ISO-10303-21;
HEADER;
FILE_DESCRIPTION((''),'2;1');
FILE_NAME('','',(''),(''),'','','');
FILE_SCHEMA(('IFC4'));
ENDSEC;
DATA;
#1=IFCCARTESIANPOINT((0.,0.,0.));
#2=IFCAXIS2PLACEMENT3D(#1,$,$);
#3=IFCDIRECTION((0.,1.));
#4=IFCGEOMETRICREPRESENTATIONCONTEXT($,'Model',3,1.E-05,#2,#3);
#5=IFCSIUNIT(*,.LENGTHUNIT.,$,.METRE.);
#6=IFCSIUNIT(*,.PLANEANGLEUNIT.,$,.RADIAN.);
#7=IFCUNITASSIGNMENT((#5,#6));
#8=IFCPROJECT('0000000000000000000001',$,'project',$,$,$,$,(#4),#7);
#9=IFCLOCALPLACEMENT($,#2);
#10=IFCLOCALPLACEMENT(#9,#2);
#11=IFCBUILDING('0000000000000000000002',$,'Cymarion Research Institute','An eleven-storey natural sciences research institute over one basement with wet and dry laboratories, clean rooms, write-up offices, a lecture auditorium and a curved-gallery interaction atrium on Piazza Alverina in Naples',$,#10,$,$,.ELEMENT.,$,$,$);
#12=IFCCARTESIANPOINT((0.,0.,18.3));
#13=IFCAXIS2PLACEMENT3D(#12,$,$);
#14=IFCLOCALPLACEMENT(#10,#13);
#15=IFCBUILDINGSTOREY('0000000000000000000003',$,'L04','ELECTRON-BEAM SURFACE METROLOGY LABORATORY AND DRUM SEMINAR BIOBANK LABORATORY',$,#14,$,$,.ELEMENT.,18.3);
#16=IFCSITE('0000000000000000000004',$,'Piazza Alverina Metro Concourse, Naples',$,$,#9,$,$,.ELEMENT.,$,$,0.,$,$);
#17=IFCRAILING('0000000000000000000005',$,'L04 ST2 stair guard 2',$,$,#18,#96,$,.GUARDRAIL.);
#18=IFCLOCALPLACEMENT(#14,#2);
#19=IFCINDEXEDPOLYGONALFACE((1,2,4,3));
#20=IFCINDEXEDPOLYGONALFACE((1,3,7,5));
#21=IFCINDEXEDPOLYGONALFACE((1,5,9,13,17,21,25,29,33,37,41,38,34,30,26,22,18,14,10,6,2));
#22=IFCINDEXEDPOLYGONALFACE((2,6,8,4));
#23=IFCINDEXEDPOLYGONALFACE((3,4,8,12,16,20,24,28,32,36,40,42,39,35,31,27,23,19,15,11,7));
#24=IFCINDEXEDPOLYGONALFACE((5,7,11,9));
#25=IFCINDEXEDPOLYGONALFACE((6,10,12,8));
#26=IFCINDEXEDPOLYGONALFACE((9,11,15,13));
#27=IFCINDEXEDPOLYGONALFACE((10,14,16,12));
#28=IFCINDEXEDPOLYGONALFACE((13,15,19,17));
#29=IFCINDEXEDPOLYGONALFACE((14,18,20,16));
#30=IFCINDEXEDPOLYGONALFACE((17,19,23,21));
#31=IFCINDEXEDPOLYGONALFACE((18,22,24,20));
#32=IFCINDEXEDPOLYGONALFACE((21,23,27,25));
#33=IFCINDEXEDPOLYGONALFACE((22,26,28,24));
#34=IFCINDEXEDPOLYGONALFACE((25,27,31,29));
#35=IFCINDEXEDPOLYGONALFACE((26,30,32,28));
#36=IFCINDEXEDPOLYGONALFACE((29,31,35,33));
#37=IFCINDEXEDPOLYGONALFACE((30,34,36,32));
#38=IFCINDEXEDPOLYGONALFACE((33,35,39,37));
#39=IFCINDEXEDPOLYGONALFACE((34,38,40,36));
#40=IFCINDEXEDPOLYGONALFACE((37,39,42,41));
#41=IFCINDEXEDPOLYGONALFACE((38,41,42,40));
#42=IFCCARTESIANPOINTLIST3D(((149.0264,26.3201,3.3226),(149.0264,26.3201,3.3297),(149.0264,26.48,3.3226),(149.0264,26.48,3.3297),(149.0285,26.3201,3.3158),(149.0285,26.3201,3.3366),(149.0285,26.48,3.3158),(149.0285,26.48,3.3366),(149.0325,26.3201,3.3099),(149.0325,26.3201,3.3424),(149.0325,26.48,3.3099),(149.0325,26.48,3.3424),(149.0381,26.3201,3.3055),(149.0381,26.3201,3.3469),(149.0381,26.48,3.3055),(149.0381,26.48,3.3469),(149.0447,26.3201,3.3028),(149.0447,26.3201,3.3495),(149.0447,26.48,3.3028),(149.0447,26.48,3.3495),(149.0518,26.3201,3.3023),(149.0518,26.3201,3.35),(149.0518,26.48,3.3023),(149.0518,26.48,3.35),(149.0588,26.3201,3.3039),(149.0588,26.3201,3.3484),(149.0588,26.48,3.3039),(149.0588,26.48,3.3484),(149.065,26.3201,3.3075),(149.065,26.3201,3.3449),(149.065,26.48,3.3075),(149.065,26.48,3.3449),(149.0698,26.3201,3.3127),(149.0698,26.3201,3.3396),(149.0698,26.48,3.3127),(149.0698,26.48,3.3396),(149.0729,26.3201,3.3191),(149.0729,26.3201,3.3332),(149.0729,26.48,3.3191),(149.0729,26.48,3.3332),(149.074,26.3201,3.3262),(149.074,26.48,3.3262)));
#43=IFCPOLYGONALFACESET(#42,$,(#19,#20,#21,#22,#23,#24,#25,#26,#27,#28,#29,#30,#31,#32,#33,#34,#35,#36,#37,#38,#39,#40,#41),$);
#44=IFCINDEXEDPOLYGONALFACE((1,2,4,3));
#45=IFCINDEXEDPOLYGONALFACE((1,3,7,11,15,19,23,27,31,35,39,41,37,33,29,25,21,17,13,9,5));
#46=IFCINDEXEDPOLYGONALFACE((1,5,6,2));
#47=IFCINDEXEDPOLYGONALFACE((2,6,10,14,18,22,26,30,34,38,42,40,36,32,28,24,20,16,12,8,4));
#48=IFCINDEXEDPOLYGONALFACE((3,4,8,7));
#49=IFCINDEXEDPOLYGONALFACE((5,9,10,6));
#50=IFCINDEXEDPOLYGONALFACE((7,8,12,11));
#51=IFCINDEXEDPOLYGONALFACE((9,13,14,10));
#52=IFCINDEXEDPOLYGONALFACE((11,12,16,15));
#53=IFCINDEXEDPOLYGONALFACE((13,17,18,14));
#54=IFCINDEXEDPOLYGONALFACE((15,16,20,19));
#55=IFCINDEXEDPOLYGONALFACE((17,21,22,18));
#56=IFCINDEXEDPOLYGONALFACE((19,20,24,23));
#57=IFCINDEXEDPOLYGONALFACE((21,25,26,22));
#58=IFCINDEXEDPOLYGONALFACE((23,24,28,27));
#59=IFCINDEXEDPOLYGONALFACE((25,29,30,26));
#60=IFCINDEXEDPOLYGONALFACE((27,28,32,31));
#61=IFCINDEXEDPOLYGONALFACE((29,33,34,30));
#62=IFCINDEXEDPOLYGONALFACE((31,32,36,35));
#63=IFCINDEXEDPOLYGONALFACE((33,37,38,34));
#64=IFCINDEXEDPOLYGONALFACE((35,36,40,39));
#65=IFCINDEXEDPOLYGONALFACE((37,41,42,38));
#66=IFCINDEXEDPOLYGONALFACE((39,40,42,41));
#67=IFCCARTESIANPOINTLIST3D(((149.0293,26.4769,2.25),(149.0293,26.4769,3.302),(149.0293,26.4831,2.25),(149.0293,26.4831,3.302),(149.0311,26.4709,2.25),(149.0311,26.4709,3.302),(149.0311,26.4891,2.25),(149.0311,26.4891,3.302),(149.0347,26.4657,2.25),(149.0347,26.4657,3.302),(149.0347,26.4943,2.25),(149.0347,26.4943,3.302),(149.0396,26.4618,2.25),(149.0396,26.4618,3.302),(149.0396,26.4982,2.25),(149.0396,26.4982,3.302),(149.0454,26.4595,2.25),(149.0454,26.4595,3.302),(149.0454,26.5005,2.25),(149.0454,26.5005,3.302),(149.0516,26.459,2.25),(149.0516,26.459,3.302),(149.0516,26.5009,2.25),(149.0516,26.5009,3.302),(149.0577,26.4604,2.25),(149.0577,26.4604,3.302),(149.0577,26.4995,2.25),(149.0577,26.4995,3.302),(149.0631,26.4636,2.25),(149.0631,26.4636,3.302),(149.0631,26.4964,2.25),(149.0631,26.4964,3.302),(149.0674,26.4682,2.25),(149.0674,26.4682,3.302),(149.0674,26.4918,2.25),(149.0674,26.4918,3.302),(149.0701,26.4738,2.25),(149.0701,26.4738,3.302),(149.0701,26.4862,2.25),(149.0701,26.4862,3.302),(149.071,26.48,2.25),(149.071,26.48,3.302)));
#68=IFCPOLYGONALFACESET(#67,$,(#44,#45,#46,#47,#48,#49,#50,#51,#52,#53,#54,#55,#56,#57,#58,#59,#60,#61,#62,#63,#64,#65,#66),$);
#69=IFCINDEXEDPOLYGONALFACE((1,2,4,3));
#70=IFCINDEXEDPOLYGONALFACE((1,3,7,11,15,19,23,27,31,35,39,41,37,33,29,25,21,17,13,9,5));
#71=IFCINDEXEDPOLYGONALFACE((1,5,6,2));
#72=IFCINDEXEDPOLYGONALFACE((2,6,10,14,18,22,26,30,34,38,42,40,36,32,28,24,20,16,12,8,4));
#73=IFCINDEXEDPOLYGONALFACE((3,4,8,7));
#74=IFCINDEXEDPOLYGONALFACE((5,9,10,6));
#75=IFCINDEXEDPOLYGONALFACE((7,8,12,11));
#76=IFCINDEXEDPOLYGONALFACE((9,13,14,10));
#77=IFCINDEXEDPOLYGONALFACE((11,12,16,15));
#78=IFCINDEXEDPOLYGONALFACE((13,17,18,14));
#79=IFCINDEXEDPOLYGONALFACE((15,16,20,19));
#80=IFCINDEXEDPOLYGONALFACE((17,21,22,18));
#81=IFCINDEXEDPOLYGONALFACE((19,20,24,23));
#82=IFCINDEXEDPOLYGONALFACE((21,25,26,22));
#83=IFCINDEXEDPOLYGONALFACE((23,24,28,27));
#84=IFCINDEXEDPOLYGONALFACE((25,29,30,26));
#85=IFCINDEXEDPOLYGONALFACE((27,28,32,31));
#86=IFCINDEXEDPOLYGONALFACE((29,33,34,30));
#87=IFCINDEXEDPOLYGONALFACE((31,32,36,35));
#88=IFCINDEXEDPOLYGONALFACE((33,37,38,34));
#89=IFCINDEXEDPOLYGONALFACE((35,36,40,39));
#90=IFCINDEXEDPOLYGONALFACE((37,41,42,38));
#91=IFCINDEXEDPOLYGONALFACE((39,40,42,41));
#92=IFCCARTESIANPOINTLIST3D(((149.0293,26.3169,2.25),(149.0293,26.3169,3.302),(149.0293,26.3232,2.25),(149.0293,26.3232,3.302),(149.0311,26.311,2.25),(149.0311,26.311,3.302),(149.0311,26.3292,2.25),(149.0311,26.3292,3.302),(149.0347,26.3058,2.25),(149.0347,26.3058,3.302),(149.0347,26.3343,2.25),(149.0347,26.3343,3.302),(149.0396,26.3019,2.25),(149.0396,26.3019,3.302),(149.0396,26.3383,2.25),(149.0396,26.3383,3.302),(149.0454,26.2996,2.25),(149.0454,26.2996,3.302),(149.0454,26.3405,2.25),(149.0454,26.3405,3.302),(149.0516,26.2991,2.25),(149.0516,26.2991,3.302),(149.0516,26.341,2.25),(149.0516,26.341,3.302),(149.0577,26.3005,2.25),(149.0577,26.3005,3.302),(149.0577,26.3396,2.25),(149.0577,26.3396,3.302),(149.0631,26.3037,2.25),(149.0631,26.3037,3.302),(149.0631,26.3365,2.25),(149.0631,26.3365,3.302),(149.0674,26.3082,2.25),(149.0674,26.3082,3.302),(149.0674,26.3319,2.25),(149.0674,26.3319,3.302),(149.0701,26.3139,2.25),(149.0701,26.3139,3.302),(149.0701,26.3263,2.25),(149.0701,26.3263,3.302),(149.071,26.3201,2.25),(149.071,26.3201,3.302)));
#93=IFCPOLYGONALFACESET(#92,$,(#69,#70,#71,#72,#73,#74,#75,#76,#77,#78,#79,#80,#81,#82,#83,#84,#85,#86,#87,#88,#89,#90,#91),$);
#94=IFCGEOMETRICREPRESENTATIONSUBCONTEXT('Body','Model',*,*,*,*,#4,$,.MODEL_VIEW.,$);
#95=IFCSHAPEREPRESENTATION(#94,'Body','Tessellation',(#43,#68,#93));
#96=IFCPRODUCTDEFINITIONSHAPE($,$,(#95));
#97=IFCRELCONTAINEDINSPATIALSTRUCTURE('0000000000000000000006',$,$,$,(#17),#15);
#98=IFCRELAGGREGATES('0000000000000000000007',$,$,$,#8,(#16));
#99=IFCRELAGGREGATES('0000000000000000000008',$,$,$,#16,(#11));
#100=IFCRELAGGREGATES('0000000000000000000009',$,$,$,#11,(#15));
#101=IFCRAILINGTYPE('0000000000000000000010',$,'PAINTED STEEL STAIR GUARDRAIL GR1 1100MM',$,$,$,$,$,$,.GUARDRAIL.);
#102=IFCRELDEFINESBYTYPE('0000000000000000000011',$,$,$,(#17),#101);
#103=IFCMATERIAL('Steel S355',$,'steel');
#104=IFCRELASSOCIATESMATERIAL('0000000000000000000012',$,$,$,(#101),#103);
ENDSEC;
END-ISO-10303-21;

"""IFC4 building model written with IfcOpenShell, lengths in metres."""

from ifc_helpers import new_model, si_unit, direction, frame, origin, origin_2d, place, context, subcontext, project, spatial, circle, extrude, material, type_object, element, save


model = new_model("IFC4")

# Units and contexts
model_context = context("Model", 3, precision=1e-05, world=origin(), true_north=direction((0.0, 1.0)))
body_context = subcontext(model_context, "Body", "Model", "MODEL_VIEW")
ifc_project = project(units=[si_unit("LENGTHUNIT", "METRE"), si_unit("PLANEANGLEUNIT", "RADIAN")], contexts=[model_context])

# Site, building, storey
site_placement = place(None, origin())
site = spatial("IfcSite", under=ifc_project, at=site_placement, Name="Piazza Alverina Metro Concourse, Naples", CompositionType="ELEMENT", RefElevation=0.0)
building_placement = place(site_placement, origin())
building = spatial("IfcBuilding", under=site, at=building_placement, Name="Cymarion Research Institute", Description="An eleven-storey natural sciences research institute over one basement with wet and dry laboratories, clean rooms, write-up offices, a lecture auditorium and a curved-gallery interaction atrium on Piazza Alverina in Naples", CompositionType="ELEMENT")
storey_placement = place(building_placement, frame((0.0, 0.0, 18.3)))
storey = spatial("IfcBuildingStorey", under=building, at=storey_placement, Name="L04", Description="ELECTRON-BEAM SURFACE METROLOGY LABORATORY AND DRUM SEMINAR BIOBANK LABORATORY", CompositionType="ELEMENT", Elevation=18.3)

# Shared definitions
ifc_material_1 = material(Name="Steel S355", Category="steel")

# Railing
railing_type_1 = type_object("IfcRailingType", Name="PAINTED STEEL STAIR GUARDRAIL GR1 1100MM", PredefinedType="GUARDRAIL", material=ifc_material_1)
railing_1_placement = place(storey_placement, frame((149.05, 26.48, 2.25)))
element("IfcRailing", 1, at=railing_1_placement, inside=storey, type_object=railing_type_1, Name="L04 ST2 stair guard 2", PredefinedType="GUARDRAIL", context=body_context, shape_type="SweptSolid", body=[
    extrude(circle(Radius=0.0239, at=origin_2d()), frame((0.0, 0.0, 1.0762), z_axis=(0.0, -1.0, 0.0), x_axis=(1.0, 0.0, 0.0)), (0.0, 0.0, 1.0), 0.1599),
    extrude(circle(Radius=0.021, at=origin_2d()), origin(), (0.0, 0.0, 1.0), 1.052),
    extrude(circle(Radius=0.021, at=origin_2d()), frame((0.0, -0.1599, 0.0)), (0.0, 0.0, 1.0), 1.052),
])

save(model, "model.ifc")
